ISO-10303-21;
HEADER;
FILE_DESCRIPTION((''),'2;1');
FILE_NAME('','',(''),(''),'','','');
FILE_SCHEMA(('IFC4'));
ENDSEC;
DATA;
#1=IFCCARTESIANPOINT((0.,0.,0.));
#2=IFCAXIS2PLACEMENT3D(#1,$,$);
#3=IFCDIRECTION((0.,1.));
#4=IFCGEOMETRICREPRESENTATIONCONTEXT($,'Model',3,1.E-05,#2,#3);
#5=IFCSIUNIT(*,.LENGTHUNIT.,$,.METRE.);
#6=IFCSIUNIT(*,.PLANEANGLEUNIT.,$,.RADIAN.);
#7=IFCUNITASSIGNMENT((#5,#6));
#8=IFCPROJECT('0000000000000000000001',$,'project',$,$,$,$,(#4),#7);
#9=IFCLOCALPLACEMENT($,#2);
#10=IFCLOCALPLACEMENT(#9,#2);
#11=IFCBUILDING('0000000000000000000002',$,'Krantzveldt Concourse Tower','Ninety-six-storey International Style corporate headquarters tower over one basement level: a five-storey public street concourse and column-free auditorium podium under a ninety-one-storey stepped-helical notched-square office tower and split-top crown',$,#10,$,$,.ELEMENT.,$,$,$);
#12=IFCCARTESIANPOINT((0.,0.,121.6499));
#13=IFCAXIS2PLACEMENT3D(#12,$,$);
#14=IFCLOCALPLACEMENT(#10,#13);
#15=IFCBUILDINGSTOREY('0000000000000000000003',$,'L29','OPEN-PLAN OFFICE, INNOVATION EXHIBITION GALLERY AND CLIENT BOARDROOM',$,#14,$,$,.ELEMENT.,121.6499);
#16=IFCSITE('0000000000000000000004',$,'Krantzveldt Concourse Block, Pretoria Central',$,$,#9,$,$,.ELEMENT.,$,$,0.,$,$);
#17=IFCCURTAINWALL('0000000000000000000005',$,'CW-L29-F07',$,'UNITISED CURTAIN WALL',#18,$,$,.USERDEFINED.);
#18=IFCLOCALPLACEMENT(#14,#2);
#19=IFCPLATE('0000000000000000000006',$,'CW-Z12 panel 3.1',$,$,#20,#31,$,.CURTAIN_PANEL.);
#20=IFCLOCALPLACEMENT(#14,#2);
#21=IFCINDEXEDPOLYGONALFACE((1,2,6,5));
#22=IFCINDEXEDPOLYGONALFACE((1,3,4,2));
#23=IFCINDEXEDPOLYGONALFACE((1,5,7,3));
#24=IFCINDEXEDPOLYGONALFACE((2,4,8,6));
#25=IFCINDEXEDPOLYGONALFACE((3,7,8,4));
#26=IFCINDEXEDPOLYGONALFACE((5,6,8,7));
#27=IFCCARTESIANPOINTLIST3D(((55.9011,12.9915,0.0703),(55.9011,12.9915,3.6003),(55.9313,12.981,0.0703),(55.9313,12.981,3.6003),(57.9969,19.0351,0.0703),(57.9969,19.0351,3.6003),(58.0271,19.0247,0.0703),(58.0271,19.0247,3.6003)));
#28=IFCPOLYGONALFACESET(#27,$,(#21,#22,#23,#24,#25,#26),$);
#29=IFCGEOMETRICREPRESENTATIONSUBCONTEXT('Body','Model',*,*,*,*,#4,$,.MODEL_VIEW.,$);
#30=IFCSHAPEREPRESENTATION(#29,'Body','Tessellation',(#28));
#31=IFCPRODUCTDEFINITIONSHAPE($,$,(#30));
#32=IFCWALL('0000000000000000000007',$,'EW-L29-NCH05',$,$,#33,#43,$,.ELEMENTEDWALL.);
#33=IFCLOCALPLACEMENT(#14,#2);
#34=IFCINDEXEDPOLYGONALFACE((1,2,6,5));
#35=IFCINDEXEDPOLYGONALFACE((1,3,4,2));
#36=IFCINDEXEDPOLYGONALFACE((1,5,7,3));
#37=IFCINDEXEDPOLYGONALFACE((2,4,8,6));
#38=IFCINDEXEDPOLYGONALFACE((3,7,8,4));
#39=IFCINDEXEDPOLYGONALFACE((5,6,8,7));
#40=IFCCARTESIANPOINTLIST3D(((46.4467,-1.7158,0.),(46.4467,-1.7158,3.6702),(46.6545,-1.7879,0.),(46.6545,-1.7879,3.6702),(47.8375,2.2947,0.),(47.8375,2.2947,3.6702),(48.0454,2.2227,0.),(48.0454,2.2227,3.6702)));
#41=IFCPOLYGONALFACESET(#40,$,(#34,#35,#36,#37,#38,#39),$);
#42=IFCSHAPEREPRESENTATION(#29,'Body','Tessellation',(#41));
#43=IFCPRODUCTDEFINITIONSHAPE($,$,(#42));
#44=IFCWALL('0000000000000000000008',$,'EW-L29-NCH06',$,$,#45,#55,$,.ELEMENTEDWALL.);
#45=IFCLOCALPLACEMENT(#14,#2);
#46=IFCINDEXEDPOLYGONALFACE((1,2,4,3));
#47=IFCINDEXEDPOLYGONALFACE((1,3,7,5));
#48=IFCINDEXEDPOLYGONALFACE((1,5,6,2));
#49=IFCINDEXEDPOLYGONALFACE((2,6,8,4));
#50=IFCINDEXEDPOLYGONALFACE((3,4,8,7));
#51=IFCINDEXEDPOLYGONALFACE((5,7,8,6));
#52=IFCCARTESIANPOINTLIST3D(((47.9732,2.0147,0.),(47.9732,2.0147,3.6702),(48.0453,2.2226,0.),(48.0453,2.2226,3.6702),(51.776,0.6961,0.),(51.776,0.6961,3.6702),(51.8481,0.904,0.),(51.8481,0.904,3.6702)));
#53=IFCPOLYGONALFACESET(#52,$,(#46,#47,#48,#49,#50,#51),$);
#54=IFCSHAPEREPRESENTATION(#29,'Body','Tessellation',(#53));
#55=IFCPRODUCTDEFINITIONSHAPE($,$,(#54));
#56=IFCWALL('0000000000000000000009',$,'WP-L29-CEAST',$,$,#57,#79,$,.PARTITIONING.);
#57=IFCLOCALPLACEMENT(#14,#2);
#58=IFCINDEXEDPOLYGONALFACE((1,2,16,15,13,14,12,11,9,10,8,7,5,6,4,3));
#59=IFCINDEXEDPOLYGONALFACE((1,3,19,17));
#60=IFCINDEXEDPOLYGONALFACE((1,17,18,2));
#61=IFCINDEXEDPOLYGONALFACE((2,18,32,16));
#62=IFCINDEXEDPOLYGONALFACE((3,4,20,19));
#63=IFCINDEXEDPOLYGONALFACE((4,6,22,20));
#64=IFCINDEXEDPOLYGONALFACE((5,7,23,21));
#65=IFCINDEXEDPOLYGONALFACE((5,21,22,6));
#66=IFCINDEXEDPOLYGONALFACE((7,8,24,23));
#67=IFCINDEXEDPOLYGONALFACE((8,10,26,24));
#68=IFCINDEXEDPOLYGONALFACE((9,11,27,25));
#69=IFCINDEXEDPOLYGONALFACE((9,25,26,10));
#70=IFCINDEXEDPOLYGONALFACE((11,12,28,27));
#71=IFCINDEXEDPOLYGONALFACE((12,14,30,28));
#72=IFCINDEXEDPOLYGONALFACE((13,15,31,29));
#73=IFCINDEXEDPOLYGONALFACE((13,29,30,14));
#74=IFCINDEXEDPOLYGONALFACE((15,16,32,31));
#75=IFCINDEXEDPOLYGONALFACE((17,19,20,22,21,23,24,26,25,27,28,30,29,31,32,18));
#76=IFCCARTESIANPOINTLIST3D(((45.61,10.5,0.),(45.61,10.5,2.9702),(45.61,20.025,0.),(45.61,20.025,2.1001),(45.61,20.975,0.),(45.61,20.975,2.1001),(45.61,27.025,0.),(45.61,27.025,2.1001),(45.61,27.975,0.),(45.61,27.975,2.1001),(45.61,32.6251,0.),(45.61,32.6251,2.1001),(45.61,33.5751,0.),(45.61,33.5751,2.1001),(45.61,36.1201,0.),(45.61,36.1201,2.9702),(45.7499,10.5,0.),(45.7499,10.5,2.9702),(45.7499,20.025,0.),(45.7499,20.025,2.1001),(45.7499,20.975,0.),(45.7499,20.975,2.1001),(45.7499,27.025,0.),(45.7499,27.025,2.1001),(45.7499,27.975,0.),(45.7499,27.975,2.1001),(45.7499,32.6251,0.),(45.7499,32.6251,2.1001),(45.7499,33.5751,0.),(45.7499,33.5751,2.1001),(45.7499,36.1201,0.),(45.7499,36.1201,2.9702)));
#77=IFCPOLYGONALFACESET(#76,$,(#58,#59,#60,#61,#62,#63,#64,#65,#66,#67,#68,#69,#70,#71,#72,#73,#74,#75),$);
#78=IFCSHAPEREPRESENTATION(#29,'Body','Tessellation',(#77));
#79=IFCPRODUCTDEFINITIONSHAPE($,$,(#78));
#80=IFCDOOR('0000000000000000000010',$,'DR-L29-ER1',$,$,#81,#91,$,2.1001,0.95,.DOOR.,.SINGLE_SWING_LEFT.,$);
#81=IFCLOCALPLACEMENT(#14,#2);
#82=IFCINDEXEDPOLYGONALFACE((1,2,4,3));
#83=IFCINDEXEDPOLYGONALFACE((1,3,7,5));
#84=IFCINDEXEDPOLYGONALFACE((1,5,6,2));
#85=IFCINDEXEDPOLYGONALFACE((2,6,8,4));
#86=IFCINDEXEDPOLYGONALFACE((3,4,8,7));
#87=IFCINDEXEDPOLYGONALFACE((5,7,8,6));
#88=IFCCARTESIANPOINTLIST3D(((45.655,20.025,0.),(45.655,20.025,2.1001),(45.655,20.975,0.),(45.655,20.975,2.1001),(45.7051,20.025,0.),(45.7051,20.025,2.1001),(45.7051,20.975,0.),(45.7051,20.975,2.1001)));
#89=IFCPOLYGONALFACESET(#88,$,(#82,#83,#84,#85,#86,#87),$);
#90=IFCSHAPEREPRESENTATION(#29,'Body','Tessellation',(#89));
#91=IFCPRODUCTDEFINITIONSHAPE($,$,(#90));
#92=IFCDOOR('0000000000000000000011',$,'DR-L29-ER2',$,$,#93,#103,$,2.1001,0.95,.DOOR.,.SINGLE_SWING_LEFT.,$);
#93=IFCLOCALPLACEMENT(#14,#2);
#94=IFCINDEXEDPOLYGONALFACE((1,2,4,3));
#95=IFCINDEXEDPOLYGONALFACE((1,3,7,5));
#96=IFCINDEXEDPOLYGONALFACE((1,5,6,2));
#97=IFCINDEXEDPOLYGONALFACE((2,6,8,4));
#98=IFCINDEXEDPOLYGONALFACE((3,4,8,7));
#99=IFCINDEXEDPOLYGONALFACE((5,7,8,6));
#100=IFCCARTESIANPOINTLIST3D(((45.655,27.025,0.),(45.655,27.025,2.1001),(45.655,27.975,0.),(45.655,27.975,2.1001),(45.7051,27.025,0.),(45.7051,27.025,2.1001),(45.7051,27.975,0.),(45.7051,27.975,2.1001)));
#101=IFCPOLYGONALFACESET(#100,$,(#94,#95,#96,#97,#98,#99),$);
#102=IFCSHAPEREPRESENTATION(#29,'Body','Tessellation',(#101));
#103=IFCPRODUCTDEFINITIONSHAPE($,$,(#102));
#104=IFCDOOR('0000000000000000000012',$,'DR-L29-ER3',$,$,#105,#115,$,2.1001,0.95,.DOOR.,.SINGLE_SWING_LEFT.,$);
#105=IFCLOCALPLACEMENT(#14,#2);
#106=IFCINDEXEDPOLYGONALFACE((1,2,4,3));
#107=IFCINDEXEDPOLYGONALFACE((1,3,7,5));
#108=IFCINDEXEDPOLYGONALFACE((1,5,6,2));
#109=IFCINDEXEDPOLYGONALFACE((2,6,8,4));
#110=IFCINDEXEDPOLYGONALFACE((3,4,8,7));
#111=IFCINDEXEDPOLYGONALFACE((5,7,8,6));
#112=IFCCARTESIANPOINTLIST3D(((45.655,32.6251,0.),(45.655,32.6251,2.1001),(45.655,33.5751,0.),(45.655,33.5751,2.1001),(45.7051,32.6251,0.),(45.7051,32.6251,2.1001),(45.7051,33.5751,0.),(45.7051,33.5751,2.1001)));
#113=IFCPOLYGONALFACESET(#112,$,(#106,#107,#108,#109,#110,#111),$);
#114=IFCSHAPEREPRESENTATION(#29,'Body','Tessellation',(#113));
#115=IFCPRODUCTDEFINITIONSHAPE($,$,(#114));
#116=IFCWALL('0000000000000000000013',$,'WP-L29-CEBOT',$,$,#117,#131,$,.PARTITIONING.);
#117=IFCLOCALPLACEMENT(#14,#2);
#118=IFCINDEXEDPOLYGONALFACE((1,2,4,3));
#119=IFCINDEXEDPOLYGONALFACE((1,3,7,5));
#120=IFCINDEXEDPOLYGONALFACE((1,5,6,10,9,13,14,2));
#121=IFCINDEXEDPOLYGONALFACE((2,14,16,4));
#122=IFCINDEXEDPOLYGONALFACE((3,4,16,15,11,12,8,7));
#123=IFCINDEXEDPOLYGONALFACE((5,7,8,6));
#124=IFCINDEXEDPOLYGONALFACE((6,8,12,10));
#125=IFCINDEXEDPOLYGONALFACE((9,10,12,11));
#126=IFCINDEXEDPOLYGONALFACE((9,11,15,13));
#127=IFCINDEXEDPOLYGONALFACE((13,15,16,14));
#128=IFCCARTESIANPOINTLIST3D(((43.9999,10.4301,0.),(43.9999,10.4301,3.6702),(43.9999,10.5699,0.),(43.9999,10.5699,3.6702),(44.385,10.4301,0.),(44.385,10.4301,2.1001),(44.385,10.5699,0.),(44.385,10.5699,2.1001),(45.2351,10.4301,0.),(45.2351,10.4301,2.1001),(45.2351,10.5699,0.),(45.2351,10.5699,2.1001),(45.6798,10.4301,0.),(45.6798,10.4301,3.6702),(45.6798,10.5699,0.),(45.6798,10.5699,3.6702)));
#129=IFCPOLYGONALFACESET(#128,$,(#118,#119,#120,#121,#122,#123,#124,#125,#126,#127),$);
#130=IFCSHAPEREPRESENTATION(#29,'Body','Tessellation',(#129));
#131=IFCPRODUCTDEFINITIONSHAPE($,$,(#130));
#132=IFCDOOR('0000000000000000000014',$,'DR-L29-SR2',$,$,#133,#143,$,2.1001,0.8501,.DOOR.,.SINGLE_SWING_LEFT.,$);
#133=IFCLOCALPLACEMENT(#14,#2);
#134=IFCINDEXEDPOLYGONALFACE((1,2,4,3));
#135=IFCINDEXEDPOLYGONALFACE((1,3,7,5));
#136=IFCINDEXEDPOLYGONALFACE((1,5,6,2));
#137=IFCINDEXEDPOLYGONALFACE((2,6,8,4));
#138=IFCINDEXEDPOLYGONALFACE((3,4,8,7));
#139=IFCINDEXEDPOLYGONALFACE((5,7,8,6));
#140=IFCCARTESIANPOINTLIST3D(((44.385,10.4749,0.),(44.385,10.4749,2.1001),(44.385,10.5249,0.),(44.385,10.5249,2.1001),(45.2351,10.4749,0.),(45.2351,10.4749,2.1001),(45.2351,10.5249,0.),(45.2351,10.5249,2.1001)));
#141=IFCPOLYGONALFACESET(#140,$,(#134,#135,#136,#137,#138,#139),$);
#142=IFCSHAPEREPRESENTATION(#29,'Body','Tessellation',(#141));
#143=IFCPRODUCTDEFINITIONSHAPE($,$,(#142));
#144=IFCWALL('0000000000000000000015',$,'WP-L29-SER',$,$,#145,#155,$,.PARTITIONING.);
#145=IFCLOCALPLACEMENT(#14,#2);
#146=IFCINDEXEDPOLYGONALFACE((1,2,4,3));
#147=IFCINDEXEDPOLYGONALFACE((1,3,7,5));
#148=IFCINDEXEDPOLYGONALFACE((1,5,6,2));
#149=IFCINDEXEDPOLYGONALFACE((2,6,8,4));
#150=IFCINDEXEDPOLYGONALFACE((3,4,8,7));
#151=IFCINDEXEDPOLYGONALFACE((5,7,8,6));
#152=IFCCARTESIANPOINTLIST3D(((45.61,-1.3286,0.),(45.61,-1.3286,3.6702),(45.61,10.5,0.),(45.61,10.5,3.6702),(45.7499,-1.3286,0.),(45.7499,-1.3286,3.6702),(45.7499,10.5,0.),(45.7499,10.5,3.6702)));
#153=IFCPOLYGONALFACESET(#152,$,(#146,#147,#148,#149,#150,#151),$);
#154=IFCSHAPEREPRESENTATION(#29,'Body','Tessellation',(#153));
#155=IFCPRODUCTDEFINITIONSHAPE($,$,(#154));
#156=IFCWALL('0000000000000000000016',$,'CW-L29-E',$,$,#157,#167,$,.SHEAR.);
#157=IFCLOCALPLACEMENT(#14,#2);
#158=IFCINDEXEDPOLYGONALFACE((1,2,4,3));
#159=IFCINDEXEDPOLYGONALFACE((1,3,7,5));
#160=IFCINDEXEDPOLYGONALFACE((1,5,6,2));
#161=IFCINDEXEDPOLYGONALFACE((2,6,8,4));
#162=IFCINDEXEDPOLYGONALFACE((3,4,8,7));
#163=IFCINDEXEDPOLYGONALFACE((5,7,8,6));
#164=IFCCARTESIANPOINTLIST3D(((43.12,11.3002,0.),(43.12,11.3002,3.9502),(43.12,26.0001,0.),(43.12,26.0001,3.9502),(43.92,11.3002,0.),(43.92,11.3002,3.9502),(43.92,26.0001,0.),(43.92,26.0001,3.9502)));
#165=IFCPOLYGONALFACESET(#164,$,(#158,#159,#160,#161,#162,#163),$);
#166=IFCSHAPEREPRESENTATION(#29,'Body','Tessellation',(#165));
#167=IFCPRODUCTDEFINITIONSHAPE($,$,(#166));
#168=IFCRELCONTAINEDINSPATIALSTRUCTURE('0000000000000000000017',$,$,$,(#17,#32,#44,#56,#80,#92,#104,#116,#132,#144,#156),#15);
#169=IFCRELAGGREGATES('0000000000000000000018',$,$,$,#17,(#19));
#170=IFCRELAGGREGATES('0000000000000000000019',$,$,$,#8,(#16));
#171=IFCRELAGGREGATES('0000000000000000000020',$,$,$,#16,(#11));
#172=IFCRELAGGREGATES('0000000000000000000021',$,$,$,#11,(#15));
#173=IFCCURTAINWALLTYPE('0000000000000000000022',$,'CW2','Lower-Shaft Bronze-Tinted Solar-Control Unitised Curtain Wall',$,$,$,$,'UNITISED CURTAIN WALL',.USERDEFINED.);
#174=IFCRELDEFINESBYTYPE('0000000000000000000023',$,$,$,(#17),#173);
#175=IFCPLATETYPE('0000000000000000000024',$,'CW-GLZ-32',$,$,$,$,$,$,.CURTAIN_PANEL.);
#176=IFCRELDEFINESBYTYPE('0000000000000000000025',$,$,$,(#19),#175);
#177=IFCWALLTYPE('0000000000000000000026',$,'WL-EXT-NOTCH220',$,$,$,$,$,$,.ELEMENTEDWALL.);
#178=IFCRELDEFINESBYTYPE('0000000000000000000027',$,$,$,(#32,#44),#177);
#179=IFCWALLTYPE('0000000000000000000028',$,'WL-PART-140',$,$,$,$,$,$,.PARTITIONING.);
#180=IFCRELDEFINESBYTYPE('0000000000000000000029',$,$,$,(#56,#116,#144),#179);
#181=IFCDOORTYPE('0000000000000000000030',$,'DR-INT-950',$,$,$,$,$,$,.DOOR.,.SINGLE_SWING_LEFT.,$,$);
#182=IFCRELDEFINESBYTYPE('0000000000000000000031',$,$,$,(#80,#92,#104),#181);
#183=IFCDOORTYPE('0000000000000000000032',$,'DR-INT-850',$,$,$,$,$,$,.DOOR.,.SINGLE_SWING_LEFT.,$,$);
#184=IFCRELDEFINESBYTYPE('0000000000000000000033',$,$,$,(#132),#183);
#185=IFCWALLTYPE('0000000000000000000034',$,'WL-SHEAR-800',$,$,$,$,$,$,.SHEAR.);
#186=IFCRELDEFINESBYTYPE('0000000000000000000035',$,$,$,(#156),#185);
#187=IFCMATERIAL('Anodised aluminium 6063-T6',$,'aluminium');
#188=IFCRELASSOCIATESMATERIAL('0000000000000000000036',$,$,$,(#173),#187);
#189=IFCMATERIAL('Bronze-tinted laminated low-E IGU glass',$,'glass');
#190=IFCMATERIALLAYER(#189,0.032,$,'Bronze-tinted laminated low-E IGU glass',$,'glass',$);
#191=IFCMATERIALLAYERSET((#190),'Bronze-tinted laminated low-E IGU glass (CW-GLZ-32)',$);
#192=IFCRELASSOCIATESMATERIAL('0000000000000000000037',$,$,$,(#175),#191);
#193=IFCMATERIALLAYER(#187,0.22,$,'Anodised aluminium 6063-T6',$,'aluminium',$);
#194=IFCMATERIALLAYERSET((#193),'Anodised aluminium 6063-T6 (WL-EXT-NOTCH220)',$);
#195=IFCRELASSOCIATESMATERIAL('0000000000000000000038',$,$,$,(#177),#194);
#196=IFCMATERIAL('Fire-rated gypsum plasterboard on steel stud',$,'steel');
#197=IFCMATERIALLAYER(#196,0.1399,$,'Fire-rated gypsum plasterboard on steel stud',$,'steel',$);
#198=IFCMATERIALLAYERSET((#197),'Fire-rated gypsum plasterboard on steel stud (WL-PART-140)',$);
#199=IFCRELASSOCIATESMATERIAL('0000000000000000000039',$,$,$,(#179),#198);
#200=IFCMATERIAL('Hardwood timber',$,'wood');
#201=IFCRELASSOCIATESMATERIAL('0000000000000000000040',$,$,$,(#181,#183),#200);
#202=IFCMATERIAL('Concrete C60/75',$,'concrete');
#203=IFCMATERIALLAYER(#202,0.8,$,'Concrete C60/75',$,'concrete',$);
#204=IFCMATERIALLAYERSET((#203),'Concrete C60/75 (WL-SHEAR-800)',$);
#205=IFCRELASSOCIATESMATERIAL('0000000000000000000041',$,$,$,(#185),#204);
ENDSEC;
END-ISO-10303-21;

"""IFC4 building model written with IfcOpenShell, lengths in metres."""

from ifc_helpers import new_model, si_unit, direction, frame, frame_2d, origin, origin_2d, place, context, subcontext, project, spatial, rectangle, extrude, source, transform, mapped, material, layer, layer_set, type_object, element, fill, aggregate, save


model = new_model("IFC4")

# Units and contexts
model_context = context("Model", 3, precision=1e-05, world=origin(), true_north=direction((0.0, 1.0)))
body_context = subcontext(model_context, "Body", "Model", "MODEL_VIEW")
ifc_project = project(units=[si_unit("LENGTHUNIT", "METRE"), si_unit("PLANEANGLEUNIT", "RADIAN")], contexts=[model_context])

# Site, building, storey
site_placement = place(None, origin())
site = spatial("IfcSite", under=ifc_project, at=site_placement, Name="Krantzveldt Concourse Block, Pretoria Central", CompositionType="ELEMENT", RefElevation=0.0)
building_placement = place(site_placement, origin())
building = spatial("IfcBuilding", under=site, at=building_placement, Name="Krantzveldt Concourse Tower", Description="Ninety-six-storey International Style corporate headquarters tower over one basement level: a five-storey public street concourse and column-free auditorium podium under a ninety-one-storey stepped-helical notched-square office tower and split-top crown", CompositionType="ELEMENT")
storey_placement = place(building_placement, frame((0.0, 0.0, 121.6499)))
storey = spatial("IfcBuildingStorey", under=building, at=storey_placement, Name="L29", Description="OPEN-PLAN OFFICE, INNOVATION EXHIBITION GALLERY AND CLIENT BOARDROOM", CompositionType="ELEMENT", Elevation=121.6499)

# Shared definitions
ifc_material_1 = material(Name="Concrete C60/75", Category="concrete")

# Shared definitions
ifc_material_2 = material(Name="Anodised aluminium 6063-T6", Category="aluminium")
curtain_wall_type = type_object("IfcCurtainWallType", Name="CW2", Description="Lower-Shaft Bronze-Tinted Solar-Control Unitised Curtain Wall", ElementType="UNITISED CURTAIN WALL", PredefinedType="USERDEFINED", material=ifc_material_2)

# Curtain wall
curtain_wall_1_placement = place(storey_placement, origin())
curtain_wall_1 = element("IfcCurtainWall", 1, at=curtain_wall_1_placement, inside=storey, type_object=curtain_wall_type, Name="CW-L29-F07", ObjectType="UNITISED CURTAIN WALL", PredefinedType="USERDEFINED")

# Plate
ifc_material_3 = material(Name="Bronze-tinted laminated low-E IGU glass", Category="glass")
ifc_layer_1 = layer(ifc_material_3, 0.032, Name="Bronze-tinted laminated low-E IGU glass", Category="glass")
ifc_layer_set_1 = layer_set([ifc_layer_1], Name="Bronze-tinted laminated low-E IGU glass (CW-GLZ-32)")
plate_type = type_object("IfcPlateType", Name="CW-GLZ-32", PredefinedType="CURTAIN_PANEL", material=ifc_layer_set_1)
shared_shape_1 = source(origin(), body_context, "Body", "SweptSolid", [
    extrude(rectangle(XDim=6.3967, YDim=0.032, at=origin_2d()), origin(), (0.0, 0.0, 1.0), 3.53),
])
plate_1_placement = place(storey_placement, frame((56.9641, 16.0081, 0.0703), z_axis=(0.0, 0.0, 1.0), x_axis=(0.32763, 0.944806, 0.0)))
plate_1 = element("IfcPlate", 2, at=plate_1_placement, type_object=plate_type, Name="CW-Z12 panel 3.1", PredefinedType="CURTAIN_PANEL", context=body_context, shape_type="MappedRepresentation", body=[
    mapped(shared_shape_1, transform((0.0, 0.0, 0.0), x_axis=(1.0, 0.0, 0.0), y_axis=(0.0, 1.0, 0.0), z_axis=(0.0, 0.0, 1.0), scale=1.0)),
])
aggregate(curtain_wall_1, [plate_1])

# Walls
ifc_layer_2 = layer(ifc_material_2, 0.22, Name="Anodised aluminium 6063-T6", Category="aluminium")
ifc_layer_set_2 = layer_set([ifc_layer_2], Name="Anodised aluminium 6063-T6 (WL-EXT-NOTCH220)")
wall_type_1 = type_object("IfcWallType", Name="WL-EXT-NOTCH220", PredefinedType="ELEMENTEDWALL", material=ifc_layer_set_2)
wall_1_placement = place(storey_placement, frame((46.5505, -1.752, 0.0), z_axis=(0.0, 0.0, 1.0), x_axis=(0.327662, 0.944795, 0.0)))
element("IfcWall", 3, at=wall_1_placement, inside=storey, type_object=wall_type_1, Name="EW-L29-NCH05", PredefinedType="ELEMENTEDWALL", context=body_context, shape_type="SweptSolid", body=[
    extrude(rectangle(XDim=4.2449, YDim=0.22, at=frame_2d((2.1226, 0.0))), origin(), (0.0, 0.0, 1.0), 3.6702),
])
wall_2_placement = place(storey_placement, frame((48.0093, 2.1187, 0.0), z_axis=(0.0, 0.0, 1.0), x_axis=(0.944811, -0.327615, 0.0)))
element("IfcWall", 4, at=wall_2_placement, inside=storey, type_object=wall_type_1, Name="EW-L29-NCH06", PredefinedType="ELEMENTEDWALL", context=body_context, shape_type="SweptSolid", body=[
    extrude(rectangle(XDim=4.0249, YDim=0.22, at=frame_2d((2.0125, 0.0))), origin(), (0.0, 0.0, 1.0), 3.6702),
])

# Wall, openings, doors
ifc_material_4 = material(Name="Fire-rated gypsum plasterboard on steel stud", Category="steel")
ifc_layer_3 = layer(ifc_material_4, 0.1399, Name="Fire-rated gypsum plasterboard on steel stud", Category="steel")
ifc_layer_set_3 = layer_set([ifc_layer_3], Name="Fire-rated gypsum plasterboard on steel stud (WL-PART-140)")
wall_type_2 = type_object("IfcWallType", Name="WL-PART-140", PredefinedType="PARTITIONING", material=ifc_layer_set_3)
wall_3_placement = place(storey_placement, frame((45.6799, 10.5, 0.0), z_axis=(0.0, 0.0, 1.0), x_axis=(0.0, 1.0, 0.0)))
wall_3 = element("IfcWall", 5, at=wall_3_placement, inside=storey, type_object=wall_type_2, Name="WP-L29-CEAST", PredefinedType="PARTITIONING", context=body_context, shape_type="SweptSolid", body=[
    extrude(rectangle(XDim=25.6201, YDim=0.1399, at=frame_2d((12.8101, 0.0))), origin(), (0.0, 0.0, 1.0), 2.9702),
])
opening_1_placement = place(wall_3_placement, frame((9.5249, 0.0, 0.0)))
opening_1 = element("IfcOpeningElement", 6, at=opening_1_placement, cuts=wall_3, PredefinedType="OPENING", context=body_context, shape_type="SweptSolid", body=[
    extrude(rectangle(XDim=0.95, YDim=2.1001, at=frame_2d((0.4751, 1.05))), frame((0.0, 0.0801, 0.0), z_axis=(0.0, -1.0, 0.0), x_axis=(1.0, 0.0, 0.0)), (0.0, 0.0, 1.0), 0.1599),
])
opening_2_placement = place(wall_3_placement, frame((16.5249, 0.0, 0.0)))
opening_2 = element("IfcOpeningElement", 7, at=opening_2_placement, cuts=wall_3, PredefinedType="OPENING", context=body_context, shape_type="SweptSolid", body=[
    extrude(rectangle(XDim=0.95, YDim=2.1001, at=frame_2d((0.4751, 1.05))), frame((0.0, 0.0801, 0.0), z_axis=(0.0, -1.0, 0.0), x_axis=(1.0, 0.0, 0.0)), (0.0, 0.0, 1.0), 0.1599),
])
opening_3_placement = place(wall_3_placement, frame((22.125, 0.0, 0.0)))
opening_3 = element("IfcOpeningElement", 8, at=opening_3_placement, cuts=wall_3, PredefinedType="OPENING", context=body_context, shape_type="SweptSolid", body=[
    extrude(rectangle(XDim=0.95, YDim=2.1001, at=frame_2d((0.4751, 1.05))), frame((0.0, 0.0801, 0.0), z_axis=(0.0, -1.0, 0.0), x_axis=(1.0, 0.0, 0.0)), (0.0, 0.0, 1.0), 0.1599),
])
ifc_material_5 = material(Name="Hardwood timber", Category="wood")
door_type_1 = type_object("IfcDoorType", Name="DR-INT-950", OperationType="SINGLE_SWING_LEFT", PredefinedType="DOOR", material=ifc_material_5)
door_1_placement = place(opening_1_placement, origin())
door_1 = element("IfcDoor", 9, at=door_1_placement, inside=storey, type_object=door_type_1, Name="DR-L29-ER1", OperationType="SINGLE_SWING_LEFT", OverallHeight=2.1001, OverallWidth=0.95, PredefinedType="DOOR", context=body_context, shape_type="SweptSolid", body=[
    extrude(rectangle(XDim=0.95, YDim=2.1001, at=frame_2d((0.4751, 1.05))), frame((0.0, 0.0249, 0.0), z_axis=(0.0, -1.0, 0.0), x_axis=(1.0, 0.0, 0.0)), (0.0, 0.0, 1.0), 0.05),
])
fill(opening_1, door_1)
door_2_placement = place(opening_2_placement, origin())
door_2 = element("IfcDoor", 10, at=door_2_placement, inside=storey, type_object=door_type_1, Name="DR-L29-ER2", OperationType="SINGLE_SWING_LEFT", OverallHeight=2.1001, OverallWidth=0.95, PredefinedType="DOOR", context=body_context, shape_type="SweptSolid", body=[
    extrude(rectangle(XDim=0.95, YDim=2.1001, at=frame_2d((0.4751, 1.05))), frame((0.0, 0.0249, 0.0), z_axis=(0.0, -1.0, 0.0), x_axis=(1.0, 0.0, 0.0)), (0.0, 0.0, 1.0), 0.05),
])
fill(opening_2, door_2)
door_3_placement = place(opening_3_placement, origin())
door_3 = element("IfcDoor", 11, at=door_3_placement, inside=storey, type_object=door_type_1, Name="DR-L29-ER3", OperationType="SINGLE_SWING_LEFT", OverallHeight=2.1001, OverallWidth=0.95, PredefinedType="DOOR", context=body_context, shape_type="SweptSolid", body=[
    extrude(rectangle(XDim=0.95, YDim=2.1001, at=frame_2d((0.4751, 1.05))), frame((0.0, 0.0249, 0.0), z_axis=(0.0, -1.0, 0.0), x_axis=(1.0, 0.0, 0.0)), (0.0, 0.0, 1.0), 0.05),
])
fill(opening_3, door_3)

# Wall, opening, door
wall_4_placement = place(storey_placement, frame((44.0, 10.5, 0.0), z_axis=(0.0, 0.0, 1.0), x_axis=(1.0, 0.0, 0.0)))
wall_4 = element("IfcWall", 12, at=wall_4_placement, inside=storey, type_object=wall_type_2, Name="WP-L29-CEBOT", PredefinedType="PARTITIONING", context=body_context, shape_type="SweptSolid", body=[
    extrude(rectangle(XDim=1.6799, YDim=0.1399, at=frame_2d((0.8398, 0.0))), origin(), (0.0, 0.0, 1.0), 3.6702),
])
opening_4_placement = place(wall_4_placement, frame((0.385, 0.0, 0.0)))
opening_4 = element("IfcOpeningElement", 13, at=opening_4_placement, cuts=wall_4, PredefinedType="OPENING", context=body_context, shape_type="SweptSolid", body=[
    extrude(rectangle(XDim=0.8501, YDim=2.1001, at=frame_2d((0.425, 1.05))), frame((0.0, 0.0801, 0.0), z_axis=(0.0, -1.0, 0.0), x_axis=(1.0, 0.0, 0.0)), (0.0, 0.0, 1.0), 0.1599),
])
door_type_2 = type_object("IfcDoorType", Name="DR-INT-850", OperationType="SINGLE_SWING_LEFT", PredefinedType="DOOR", material=ifc_material_5)
door_4_placement = place(opening_4_placement, origin())
door_4 = element("IfcDoor", 14, at=door_4_placement, inside=storey, type_object=door_type_2, Name="DR-L29-SR2", OperationType="SINGLE_SWING_LEFT", OverallHeight=2.1001, OverallWidth=0.8501, PredefinedType="DOOR", context=body_context, shape_type="SweptSolid", body=[
    extrude(rectangle(XDim=0.8501, YDim=2.1001, at=frame_2d((0.425, 1.05))), frame((0.0, 0.0249, 0.0), z_axis=(0.0, -1.0, 0.0), x_axis=(1.0, 0.0, 0.0)), (0.0, 0.0, 1.0), 0.05),
])
fill(opening_4, door_4)

# Walls
wall_5_placement = place(storey_placement, frame((45.6799, -1.3286, 0.0), z_axis=(0.0, 0.0, 1.0), x_axis=(0.0, 1.0, 0.0)))
element("IfcWall", 15, at=wall_5_placement, inside=storey, type_object=wall_type_2, Name="WP-L29-SER", PredefinedType="PARTITIONING", context=body_context, shape_type="SweptSolid", body=[
    extrude(rectangle(XDim=11.8286, YDim=0.1399, at=frame_2d((5.9143, 0.0))), origin(), (0.0, 0.0, 1.0), 3.6702),
])
ifc_layer_4 = layer(ifc_material_1, 0.8, Name="Concrete C60/75", Category="concrete")
ifc_layer_set_4 = layer_set([ifc_layer_4], Name="Concrete C60/75 (WL-SHEAR-800)")
wall_type_3 = type_object("IfcWallType", Name="WL-SHEAR-800", PredefinedType="SHEAR", material=ifc_layer_set_4)
wall_6_placement = place(storey_placement, frame((43.52, 11.3, 0.0), z_axis=(0.0, 0.0, 1.0), x_axis=(0.0, 1.0, 0.0)))
element("IfcWall", 16, at=wall_6_placement, inside=storey, type_object=wall_type_3, Name="CW-L29-E", PredefinedType="SHEAR", context=body_context, shape_type="SweptSolid", body=[
    extrude(rectangle(XDim=14.7, YDim=0.8, at=frame_2d((7.3501, 0.0))), origin(), (0.0, 0.0, 1.0), 3.9502),
])

save(model, "model.ifc")
